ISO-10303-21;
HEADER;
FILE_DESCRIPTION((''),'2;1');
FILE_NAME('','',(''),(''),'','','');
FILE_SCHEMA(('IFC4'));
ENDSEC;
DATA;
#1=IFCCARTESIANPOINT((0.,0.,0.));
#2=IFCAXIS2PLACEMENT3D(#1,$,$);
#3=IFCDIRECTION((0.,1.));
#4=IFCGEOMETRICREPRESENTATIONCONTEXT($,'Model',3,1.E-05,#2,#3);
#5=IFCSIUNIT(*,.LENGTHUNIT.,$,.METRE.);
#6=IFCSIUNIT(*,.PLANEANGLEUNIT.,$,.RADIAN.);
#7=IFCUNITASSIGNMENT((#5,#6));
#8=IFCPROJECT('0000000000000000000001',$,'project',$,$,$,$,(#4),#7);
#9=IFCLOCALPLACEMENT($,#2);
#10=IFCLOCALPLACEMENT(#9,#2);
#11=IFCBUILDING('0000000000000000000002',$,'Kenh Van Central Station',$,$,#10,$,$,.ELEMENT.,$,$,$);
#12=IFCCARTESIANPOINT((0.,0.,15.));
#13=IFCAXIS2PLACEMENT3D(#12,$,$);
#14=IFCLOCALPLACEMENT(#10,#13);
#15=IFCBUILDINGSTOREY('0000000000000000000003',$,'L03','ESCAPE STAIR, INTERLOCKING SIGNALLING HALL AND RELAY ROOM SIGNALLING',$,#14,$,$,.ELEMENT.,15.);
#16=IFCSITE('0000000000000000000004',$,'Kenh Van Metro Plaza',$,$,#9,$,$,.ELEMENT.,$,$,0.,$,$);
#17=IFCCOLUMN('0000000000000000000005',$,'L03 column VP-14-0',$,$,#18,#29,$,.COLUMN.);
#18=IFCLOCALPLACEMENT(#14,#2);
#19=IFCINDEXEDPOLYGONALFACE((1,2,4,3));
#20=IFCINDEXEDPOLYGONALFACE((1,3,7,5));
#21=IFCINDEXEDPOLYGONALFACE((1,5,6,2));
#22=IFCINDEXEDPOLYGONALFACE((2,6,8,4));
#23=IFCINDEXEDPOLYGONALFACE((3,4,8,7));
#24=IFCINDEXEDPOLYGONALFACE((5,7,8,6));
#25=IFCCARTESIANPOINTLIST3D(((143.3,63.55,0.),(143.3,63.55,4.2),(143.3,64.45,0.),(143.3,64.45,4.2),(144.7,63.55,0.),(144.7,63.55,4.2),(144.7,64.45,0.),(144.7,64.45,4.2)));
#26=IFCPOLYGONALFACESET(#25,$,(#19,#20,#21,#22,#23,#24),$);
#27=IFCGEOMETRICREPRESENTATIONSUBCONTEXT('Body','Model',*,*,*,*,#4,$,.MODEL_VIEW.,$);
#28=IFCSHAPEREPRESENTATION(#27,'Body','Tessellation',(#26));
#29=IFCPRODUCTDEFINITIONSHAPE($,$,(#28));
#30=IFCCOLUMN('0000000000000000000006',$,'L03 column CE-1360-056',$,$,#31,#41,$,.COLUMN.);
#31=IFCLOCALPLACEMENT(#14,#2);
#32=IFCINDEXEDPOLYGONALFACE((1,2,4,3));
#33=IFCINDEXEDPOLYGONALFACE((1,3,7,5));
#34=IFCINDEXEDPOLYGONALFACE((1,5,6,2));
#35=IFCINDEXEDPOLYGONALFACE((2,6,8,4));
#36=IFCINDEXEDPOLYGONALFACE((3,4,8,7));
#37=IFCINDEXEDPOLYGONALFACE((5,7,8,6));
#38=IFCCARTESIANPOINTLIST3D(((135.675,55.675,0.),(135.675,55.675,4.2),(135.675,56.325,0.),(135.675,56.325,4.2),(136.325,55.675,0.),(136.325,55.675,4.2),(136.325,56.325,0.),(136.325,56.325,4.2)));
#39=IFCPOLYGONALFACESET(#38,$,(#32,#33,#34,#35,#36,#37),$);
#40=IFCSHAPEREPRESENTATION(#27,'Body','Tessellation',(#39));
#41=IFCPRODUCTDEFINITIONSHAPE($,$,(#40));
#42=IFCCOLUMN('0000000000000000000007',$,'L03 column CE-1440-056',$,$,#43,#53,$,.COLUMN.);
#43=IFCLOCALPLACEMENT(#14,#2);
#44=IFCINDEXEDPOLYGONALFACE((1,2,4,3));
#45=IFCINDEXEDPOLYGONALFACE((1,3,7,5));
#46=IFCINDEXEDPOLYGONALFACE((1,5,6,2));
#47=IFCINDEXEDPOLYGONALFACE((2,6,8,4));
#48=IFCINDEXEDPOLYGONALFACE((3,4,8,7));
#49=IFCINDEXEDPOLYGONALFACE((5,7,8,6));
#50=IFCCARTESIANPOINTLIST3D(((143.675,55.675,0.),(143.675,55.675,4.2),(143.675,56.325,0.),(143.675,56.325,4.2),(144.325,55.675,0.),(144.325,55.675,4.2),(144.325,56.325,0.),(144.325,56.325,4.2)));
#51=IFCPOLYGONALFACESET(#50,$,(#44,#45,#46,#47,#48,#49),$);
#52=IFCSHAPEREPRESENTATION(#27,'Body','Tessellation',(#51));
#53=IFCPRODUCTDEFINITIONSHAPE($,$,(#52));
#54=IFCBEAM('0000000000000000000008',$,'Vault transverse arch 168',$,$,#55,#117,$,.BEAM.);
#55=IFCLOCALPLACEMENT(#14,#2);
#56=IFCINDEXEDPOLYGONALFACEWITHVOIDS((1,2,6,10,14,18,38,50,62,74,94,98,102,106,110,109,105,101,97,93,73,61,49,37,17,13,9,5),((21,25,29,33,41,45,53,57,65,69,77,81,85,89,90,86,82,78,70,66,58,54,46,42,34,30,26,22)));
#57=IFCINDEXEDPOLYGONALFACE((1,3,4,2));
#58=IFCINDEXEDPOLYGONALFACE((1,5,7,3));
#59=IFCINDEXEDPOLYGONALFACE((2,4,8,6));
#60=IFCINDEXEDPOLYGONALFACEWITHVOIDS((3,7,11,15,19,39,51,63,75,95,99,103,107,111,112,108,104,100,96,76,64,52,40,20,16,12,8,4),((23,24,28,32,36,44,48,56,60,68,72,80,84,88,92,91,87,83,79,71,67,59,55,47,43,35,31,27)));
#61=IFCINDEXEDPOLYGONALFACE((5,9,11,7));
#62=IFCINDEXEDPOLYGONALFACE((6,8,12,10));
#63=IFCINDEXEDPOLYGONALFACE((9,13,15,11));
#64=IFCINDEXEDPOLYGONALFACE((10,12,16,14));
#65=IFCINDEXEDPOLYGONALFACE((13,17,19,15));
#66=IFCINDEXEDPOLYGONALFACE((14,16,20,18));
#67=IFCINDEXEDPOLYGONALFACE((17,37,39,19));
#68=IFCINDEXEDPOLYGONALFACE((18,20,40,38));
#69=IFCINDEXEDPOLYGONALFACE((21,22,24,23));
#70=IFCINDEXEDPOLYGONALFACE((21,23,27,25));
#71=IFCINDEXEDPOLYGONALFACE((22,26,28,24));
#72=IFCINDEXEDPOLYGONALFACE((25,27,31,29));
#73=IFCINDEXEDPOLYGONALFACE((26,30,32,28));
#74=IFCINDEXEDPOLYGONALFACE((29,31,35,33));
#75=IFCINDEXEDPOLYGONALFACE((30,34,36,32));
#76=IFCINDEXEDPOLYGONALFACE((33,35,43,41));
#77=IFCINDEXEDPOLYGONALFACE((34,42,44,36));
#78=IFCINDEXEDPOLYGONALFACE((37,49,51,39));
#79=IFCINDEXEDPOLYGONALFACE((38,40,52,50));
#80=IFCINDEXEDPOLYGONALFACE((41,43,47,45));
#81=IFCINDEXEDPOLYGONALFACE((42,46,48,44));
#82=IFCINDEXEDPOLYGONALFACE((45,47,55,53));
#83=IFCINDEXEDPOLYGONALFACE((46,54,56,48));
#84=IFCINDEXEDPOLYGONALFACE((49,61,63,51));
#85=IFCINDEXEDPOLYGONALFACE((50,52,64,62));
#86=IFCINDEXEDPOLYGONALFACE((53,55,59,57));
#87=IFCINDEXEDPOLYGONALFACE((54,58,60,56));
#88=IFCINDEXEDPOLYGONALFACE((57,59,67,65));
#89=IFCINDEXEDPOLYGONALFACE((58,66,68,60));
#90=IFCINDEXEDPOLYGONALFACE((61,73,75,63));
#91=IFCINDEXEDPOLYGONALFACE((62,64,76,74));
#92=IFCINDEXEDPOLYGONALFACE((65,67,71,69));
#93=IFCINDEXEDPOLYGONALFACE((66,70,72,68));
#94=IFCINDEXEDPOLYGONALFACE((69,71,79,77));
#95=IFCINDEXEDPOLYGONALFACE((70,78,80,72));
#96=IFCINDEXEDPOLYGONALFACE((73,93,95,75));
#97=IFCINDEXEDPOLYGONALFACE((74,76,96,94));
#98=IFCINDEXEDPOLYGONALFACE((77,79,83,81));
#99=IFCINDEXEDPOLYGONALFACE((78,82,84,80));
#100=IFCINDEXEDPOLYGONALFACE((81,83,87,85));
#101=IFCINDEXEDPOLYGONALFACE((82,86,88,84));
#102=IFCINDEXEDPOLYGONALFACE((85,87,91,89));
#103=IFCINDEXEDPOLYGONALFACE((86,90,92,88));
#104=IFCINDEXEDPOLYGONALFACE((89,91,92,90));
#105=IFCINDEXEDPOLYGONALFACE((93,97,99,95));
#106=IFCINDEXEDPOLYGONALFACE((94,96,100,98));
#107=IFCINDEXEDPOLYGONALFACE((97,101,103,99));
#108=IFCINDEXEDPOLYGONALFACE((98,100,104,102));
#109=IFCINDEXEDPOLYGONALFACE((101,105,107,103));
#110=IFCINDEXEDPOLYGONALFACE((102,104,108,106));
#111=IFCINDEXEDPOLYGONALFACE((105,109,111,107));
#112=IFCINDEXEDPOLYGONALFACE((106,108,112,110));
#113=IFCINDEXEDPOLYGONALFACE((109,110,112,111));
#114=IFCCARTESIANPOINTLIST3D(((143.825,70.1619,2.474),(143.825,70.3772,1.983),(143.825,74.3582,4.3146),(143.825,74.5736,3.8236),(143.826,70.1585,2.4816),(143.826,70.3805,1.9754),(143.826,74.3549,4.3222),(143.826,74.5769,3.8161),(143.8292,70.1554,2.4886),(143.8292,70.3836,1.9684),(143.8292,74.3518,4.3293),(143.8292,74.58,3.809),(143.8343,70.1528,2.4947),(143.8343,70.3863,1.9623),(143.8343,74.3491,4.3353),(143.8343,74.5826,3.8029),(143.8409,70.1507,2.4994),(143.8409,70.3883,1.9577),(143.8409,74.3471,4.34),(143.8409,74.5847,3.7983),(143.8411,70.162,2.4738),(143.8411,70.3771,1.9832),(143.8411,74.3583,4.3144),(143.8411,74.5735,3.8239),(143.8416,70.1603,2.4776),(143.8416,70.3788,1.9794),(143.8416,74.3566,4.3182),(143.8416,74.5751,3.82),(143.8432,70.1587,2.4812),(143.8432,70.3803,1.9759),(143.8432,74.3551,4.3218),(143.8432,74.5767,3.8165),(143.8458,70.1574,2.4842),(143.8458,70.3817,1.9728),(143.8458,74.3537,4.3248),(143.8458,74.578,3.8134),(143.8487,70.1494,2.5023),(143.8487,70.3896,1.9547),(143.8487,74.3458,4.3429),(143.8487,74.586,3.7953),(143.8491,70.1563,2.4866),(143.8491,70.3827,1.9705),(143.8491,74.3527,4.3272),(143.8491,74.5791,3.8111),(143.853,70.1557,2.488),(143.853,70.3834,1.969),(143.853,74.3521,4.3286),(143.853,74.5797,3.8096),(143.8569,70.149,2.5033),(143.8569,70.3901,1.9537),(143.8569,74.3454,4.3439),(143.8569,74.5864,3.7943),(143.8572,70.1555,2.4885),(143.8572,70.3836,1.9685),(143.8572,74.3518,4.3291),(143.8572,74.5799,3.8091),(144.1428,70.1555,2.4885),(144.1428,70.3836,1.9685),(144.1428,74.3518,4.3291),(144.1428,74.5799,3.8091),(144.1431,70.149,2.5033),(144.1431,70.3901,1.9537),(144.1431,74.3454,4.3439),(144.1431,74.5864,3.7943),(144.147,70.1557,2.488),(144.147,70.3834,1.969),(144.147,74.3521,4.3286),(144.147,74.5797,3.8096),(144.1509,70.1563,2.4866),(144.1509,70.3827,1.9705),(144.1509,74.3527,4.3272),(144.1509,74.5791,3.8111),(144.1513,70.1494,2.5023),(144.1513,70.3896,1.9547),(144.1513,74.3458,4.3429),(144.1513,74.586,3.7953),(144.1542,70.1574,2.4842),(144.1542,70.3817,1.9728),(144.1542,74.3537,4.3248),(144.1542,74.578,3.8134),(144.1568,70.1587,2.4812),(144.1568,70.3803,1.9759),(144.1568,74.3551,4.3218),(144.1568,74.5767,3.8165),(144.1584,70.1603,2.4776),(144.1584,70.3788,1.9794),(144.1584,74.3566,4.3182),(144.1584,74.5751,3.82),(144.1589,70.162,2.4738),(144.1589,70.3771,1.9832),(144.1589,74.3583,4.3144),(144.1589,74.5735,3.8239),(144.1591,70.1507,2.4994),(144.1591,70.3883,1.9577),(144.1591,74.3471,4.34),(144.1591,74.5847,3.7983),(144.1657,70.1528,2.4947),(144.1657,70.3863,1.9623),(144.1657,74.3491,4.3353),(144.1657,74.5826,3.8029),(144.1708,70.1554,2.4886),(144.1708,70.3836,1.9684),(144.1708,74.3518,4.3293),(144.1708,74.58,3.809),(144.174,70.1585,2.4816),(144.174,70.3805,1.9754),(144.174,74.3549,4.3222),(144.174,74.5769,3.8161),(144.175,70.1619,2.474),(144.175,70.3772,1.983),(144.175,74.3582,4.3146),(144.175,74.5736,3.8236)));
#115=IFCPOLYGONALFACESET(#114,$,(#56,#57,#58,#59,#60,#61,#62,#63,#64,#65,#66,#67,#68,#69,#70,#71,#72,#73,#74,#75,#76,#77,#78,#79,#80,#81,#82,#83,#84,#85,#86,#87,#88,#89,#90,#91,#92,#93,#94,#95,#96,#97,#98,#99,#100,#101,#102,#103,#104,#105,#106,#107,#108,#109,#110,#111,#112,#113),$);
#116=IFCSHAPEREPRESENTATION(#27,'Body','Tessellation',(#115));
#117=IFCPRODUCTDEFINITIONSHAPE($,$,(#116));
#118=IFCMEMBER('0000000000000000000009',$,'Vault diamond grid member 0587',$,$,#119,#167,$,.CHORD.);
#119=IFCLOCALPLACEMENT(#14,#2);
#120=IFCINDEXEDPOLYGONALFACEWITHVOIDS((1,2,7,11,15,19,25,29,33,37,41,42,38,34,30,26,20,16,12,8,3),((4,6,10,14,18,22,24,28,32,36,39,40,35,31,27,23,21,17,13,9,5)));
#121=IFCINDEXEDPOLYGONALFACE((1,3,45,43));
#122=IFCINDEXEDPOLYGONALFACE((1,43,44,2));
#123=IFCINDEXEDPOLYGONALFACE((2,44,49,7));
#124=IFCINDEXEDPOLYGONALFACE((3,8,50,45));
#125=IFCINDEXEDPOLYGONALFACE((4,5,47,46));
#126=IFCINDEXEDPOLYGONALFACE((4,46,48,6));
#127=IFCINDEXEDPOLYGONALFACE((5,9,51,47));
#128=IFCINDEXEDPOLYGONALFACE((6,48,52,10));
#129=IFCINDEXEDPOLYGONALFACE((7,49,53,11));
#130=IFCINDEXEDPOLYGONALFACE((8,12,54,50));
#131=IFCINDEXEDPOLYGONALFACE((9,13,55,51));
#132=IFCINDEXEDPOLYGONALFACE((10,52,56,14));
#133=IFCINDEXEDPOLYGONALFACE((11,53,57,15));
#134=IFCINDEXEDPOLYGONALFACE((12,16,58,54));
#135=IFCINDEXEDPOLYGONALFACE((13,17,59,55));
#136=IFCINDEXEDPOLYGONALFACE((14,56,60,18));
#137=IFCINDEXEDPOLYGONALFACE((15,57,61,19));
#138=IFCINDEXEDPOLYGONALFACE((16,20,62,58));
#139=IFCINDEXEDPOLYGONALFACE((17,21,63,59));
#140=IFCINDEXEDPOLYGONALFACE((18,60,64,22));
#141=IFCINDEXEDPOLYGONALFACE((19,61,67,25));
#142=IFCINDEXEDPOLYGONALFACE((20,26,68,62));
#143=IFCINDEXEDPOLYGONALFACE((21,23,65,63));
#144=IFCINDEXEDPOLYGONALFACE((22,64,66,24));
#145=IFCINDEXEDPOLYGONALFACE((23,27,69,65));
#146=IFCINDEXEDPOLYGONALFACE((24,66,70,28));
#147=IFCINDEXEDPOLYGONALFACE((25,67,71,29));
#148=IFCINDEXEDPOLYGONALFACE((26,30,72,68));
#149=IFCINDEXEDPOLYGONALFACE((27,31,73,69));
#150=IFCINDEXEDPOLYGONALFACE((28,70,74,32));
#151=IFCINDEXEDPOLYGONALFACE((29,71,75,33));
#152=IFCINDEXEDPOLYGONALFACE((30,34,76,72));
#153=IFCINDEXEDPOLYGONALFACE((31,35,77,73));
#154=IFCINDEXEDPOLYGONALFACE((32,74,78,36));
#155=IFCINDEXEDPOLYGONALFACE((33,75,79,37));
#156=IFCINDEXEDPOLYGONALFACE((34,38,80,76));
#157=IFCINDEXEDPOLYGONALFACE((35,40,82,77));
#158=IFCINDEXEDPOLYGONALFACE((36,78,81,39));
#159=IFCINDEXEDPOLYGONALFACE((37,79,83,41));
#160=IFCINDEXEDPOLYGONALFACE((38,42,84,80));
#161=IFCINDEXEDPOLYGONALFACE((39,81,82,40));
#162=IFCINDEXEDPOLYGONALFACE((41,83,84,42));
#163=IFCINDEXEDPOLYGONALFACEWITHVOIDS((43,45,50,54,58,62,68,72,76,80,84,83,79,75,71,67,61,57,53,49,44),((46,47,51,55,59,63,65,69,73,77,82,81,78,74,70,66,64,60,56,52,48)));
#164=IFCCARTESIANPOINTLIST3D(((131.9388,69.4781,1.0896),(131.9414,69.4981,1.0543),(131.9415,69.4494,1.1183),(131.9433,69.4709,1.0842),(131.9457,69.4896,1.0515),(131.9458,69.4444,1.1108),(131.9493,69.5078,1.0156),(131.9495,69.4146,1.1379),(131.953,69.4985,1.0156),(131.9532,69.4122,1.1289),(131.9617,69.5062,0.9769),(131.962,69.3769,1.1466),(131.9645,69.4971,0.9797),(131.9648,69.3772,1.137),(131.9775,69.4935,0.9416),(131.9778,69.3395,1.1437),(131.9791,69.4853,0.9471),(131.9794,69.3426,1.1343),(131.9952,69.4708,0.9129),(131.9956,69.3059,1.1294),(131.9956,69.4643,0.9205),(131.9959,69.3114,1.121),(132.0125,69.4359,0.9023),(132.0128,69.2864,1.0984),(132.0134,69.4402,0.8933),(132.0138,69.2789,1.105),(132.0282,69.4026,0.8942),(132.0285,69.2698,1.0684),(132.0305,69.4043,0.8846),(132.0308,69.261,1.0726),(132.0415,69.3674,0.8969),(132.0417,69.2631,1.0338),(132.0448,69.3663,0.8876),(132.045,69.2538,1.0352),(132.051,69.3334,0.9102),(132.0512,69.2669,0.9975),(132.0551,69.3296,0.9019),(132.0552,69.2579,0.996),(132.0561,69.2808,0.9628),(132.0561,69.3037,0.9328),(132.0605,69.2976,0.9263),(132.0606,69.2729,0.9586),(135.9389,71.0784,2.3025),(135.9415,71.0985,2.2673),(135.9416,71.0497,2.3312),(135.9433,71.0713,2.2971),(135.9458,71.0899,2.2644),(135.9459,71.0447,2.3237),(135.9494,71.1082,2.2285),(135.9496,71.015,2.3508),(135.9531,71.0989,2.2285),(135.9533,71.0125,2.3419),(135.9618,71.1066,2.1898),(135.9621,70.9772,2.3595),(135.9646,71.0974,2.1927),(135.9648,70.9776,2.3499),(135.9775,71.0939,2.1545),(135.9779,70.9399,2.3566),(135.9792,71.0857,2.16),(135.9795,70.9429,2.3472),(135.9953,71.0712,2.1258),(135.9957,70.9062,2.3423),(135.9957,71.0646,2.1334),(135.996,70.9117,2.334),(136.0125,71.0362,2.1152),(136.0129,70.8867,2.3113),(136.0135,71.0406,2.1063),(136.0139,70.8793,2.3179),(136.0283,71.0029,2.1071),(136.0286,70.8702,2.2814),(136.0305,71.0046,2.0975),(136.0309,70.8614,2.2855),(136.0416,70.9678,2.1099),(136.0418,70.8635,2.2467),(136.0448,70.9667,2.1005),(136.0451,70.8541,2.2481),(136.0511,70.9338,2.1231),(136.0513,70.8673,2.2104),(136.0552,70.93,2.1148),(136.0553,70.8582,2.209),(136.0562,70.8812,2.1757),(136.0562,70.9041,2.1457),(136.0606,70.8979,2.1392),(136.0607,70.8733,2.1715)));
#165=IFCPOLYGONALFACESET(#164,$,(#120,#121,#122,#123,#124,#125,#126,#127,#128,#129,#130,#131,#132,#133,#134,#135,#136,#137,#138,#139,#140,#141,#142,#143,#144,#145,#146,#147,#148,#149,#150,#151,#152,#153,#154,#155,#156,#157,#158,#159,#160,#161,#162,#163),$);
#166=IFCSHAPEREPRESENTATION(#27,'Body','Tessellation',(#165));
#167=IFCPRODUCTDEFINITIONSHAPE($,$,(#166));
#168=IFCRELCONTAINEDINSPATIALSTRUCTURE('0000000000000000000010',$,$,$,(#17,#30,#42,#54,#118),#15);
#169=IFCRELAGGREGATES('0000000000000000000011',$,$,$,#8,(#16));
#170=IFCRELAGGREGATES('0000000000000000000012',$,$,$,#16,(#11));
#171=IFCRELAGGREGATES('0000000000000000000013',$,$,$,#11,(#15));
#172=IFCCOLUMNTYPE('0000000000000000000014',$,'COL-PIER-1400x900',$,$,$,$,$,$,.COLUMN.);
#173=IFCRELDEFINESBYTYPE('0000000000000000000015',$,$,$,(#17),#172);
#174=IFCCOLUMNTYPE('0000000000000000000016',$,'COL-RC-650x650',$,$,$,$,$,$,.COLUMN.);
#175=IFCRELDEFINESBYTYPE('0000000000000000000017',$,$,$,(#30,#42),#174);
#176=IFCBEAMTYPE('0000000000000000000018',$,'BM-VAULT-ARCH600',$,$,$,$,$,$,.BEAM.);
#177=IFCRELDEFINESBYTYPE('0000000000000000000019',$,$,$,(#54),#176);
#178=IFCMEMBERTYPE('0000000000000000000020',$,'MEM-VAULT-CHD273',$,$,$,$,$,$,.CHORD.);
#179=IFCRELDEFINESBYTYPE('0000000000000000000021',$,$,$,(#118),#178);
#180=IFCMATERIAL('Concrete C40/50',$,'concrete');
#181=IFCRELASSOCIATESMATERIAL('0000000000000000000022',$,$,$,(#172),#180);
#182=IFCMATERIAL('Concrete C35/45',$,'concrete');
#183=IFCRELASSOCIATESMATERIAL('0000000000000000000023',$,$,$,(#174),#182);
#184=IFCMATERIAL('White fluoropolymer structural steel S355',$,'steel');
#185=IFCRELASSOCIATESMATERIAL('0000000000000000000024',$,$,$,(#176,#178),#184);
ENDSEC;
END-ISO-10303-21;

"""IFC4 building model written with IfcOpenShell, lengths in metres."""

from ifc_helpers import new_model, si_unit, direction, frame, origin, origin_2d, place, context, subcontext, project, spatial, rectangle, hollow_rectangle, hollow_circle, extrude, material, material_profile, profile_set, type_object, element, save


model = new_model("IFC4")

# Units and contexts
model_context = context("Model", 3, precision=1e-05, world=origin(), true_north=direction((0.0, 1.0)))
body_context = subcontext(model_context, "Body", "Model", "MODEL_VIEW")
ifc_project = project(units=[si_unit("LENGTHUNIT", "METRE"), si_unit("PLANEANGLEUNIT", "RADIAN")], contexts=[model_context])

# Site, building, storey
site_placement = place(None, origin())
site = spatial("IfcSite", under=ifc_project, at=site_placement, Name="Kenh Van Metro Plaza", CompositionType="ELEMENT", RefElevation=0.0)
building_placement = place(site_placement, origin())
building = spatial("IfcBuilding", under=site, at=building_placement, Name="Kenh Van Central Station", CompositionType="ELEMENT")
storey_placement = place(building_placement, frame((0.0, 0.0, 15.0)))
storey = spatial("IfcBuildingStorey", under=building, at=storey_placement, Name="L03", Description="ESCAPE STAIR, INTERLOCKING SIGNALLING HALL AND RELAY ROOM SIGNALLING", CompositionType="ELEMENT", Elevation=15.0)

# Columns
ifc_material_1 = material(Name="Concrete C40/50", Category="concrete")
ifc_material_profile_1 = material_profile(ifc_material_1, rectangle(XDim=1.3999, YDim=0.8999, at=origin_2d()), Name="RC 1400x900")
ifc_profile_set_1 = profile_set([ifc_material_profile_1], Name="Concrete C40/50")
column_type_1 = type_object("IfcColumnType", Name="COL-PIER-1400x900", PredefinedType="COLUMN", material=ifc_profile_set_1)
column_placement = place(storey_placement, frame((144.0, 64.0, 0.0), z_axis=(0.0, 0.0, 1.0), x_axis=(1.0, 0.0, 0.0)))
element("IfcColumn", 1, at=column_placement, inside=storey, type_object=column_type_1, Name="L03 column VP-14-0", PredefinedType="COLUMN", context=body_context, shape_type="SweptSolid", body=[
    extrude(rectangle(XDim=1.3999, YDim=0.8999, at=origin_2d()), origin(), (0.0, 0.0, 1.0), 4.2),
])
ifc_material_2 = material(Name="Concrete C35/45", Category="concrete")
ifc_material_profile_2 = material_profile(ifc_material_2, rectangle(XDim=0.6499, YDim=0.6499, at=origin_2d()), Name="RC 650x650")
ifc_profile_set_2 = profile_set([ifc_material_profile_2], Name="Concrete C35/45")
column_type_2 = type_object("IfcColumnType", Name="COL-RC-650x650", PredefinedType="COLUMN", material=ifc_profile_set_2)
for number, where, z_axis, x_axis, name in (
    (2, (136.0, 56.0, 0.0), (0.0, 0.0, 1.0), (1.0, 0.0, 0.0), "L03 column CE-1360-056"),
    (3, (144.0, 56.0, 0.0), (0.0, 0.0, 1.0), (1.0, 0.0, 0.0), "L03 column CE-1440-056"),
):
    element("IfcColumn", number, at=place(storey_placement, frame(where, z_axis=z_axis, x_axis=x_axis)), inside=storey, type_object=column_type_2, Name=name, PredefinedType="COLUMN", context=body_context, shape_type="SweptSolid", body=[
        extrude(rectangle(XDim=0.6499, YDim=0.6499, at=origin_2d()), origin(), (0.0, 0.0, 1.0), 4.2),
    ])

# Beam
ifc_material_3 = material(Name="White fluoropolymer structural steel S355", Category="steel")
ifc_material_profile_3 = material_profile(ifc_material_3, hollow_rectangle(XDim=0.3501, YDim=0.6001, WallThickness=0.0161, InnerFilletRadius=0.0161, OuterFilletRadius=0.032, at=origin_2d()), Name="RHS 600x350x16")
ifc_profile_set_3 = profile_set([ifc_material_profile_3], Name="White fluoropolymer structural steel S355")
beam_type_1 = type_object("IfcBeamType", Name="BM-VAULT-ARCH600", PredefinedType="BEAM", material=ifc_profile_set_3)
beam_1_placement = place(storey_placement, frame((144.0, 70.2695, 2.2285), z_axis=(0.0, 0.91578, 0.40168), x_axis=(-1.0, 0.0, 0.0)))
element("IfcBeam", 4, at=beam_1_placement, inside=storey, type_object=beam_type_1, Name="Vault transverse arch 168", PredefinedType="BEAM", context=body_context, shape_type="SweptSolid", body=[
    extrude(hollow_rectangle(XDim=0.3501, YDim=0.6001, WallThickness=0.0161, InnerFilletRadius=0.0161, OuterFilletRadius=0.032, at=origin_2d()), origin(), (0.0, 0.0, 1.0), 4.5823),
])

# Member
ifc_material_profile_4 = material_profile(ifc_material_3, hollow_circle(Radius=0.1365, WallThickness=0.01, at=origin_2d()), Name="CHS 273x10")
ifc_profile_set_4 = profile_set([ifc_material_profile_4], Name="White fluoropolymer structural steel S355")
member_type = type_object("IfcMemberType", Name="MEM-VAULT-CHD273", PredefinedType="CHORD", material=ifc_profile_set_4)
member_1_placement = place(storey_placement, frame((132.0, 69.3811, 1.0156), z_axis=(0.893708, 0.35756, 0.270993), x_axis=(-0.371459, 0.928449, 0.0)))
element("IfcMember", 5, at=member_1_placement, inside=storey, type_object=member_type, Name="Vault diamond grid member 0587", PredefinedType="CHORD", context=body_context, shape_type="SweptSolid", body=[
    extrude(hollow_circle(Radius=0.1365, WallThickness=0.01, at=origin_2d()), origin(), (0.0, 0.0, 1.0), 4.4758),
])

save(model, "model.ifc")
